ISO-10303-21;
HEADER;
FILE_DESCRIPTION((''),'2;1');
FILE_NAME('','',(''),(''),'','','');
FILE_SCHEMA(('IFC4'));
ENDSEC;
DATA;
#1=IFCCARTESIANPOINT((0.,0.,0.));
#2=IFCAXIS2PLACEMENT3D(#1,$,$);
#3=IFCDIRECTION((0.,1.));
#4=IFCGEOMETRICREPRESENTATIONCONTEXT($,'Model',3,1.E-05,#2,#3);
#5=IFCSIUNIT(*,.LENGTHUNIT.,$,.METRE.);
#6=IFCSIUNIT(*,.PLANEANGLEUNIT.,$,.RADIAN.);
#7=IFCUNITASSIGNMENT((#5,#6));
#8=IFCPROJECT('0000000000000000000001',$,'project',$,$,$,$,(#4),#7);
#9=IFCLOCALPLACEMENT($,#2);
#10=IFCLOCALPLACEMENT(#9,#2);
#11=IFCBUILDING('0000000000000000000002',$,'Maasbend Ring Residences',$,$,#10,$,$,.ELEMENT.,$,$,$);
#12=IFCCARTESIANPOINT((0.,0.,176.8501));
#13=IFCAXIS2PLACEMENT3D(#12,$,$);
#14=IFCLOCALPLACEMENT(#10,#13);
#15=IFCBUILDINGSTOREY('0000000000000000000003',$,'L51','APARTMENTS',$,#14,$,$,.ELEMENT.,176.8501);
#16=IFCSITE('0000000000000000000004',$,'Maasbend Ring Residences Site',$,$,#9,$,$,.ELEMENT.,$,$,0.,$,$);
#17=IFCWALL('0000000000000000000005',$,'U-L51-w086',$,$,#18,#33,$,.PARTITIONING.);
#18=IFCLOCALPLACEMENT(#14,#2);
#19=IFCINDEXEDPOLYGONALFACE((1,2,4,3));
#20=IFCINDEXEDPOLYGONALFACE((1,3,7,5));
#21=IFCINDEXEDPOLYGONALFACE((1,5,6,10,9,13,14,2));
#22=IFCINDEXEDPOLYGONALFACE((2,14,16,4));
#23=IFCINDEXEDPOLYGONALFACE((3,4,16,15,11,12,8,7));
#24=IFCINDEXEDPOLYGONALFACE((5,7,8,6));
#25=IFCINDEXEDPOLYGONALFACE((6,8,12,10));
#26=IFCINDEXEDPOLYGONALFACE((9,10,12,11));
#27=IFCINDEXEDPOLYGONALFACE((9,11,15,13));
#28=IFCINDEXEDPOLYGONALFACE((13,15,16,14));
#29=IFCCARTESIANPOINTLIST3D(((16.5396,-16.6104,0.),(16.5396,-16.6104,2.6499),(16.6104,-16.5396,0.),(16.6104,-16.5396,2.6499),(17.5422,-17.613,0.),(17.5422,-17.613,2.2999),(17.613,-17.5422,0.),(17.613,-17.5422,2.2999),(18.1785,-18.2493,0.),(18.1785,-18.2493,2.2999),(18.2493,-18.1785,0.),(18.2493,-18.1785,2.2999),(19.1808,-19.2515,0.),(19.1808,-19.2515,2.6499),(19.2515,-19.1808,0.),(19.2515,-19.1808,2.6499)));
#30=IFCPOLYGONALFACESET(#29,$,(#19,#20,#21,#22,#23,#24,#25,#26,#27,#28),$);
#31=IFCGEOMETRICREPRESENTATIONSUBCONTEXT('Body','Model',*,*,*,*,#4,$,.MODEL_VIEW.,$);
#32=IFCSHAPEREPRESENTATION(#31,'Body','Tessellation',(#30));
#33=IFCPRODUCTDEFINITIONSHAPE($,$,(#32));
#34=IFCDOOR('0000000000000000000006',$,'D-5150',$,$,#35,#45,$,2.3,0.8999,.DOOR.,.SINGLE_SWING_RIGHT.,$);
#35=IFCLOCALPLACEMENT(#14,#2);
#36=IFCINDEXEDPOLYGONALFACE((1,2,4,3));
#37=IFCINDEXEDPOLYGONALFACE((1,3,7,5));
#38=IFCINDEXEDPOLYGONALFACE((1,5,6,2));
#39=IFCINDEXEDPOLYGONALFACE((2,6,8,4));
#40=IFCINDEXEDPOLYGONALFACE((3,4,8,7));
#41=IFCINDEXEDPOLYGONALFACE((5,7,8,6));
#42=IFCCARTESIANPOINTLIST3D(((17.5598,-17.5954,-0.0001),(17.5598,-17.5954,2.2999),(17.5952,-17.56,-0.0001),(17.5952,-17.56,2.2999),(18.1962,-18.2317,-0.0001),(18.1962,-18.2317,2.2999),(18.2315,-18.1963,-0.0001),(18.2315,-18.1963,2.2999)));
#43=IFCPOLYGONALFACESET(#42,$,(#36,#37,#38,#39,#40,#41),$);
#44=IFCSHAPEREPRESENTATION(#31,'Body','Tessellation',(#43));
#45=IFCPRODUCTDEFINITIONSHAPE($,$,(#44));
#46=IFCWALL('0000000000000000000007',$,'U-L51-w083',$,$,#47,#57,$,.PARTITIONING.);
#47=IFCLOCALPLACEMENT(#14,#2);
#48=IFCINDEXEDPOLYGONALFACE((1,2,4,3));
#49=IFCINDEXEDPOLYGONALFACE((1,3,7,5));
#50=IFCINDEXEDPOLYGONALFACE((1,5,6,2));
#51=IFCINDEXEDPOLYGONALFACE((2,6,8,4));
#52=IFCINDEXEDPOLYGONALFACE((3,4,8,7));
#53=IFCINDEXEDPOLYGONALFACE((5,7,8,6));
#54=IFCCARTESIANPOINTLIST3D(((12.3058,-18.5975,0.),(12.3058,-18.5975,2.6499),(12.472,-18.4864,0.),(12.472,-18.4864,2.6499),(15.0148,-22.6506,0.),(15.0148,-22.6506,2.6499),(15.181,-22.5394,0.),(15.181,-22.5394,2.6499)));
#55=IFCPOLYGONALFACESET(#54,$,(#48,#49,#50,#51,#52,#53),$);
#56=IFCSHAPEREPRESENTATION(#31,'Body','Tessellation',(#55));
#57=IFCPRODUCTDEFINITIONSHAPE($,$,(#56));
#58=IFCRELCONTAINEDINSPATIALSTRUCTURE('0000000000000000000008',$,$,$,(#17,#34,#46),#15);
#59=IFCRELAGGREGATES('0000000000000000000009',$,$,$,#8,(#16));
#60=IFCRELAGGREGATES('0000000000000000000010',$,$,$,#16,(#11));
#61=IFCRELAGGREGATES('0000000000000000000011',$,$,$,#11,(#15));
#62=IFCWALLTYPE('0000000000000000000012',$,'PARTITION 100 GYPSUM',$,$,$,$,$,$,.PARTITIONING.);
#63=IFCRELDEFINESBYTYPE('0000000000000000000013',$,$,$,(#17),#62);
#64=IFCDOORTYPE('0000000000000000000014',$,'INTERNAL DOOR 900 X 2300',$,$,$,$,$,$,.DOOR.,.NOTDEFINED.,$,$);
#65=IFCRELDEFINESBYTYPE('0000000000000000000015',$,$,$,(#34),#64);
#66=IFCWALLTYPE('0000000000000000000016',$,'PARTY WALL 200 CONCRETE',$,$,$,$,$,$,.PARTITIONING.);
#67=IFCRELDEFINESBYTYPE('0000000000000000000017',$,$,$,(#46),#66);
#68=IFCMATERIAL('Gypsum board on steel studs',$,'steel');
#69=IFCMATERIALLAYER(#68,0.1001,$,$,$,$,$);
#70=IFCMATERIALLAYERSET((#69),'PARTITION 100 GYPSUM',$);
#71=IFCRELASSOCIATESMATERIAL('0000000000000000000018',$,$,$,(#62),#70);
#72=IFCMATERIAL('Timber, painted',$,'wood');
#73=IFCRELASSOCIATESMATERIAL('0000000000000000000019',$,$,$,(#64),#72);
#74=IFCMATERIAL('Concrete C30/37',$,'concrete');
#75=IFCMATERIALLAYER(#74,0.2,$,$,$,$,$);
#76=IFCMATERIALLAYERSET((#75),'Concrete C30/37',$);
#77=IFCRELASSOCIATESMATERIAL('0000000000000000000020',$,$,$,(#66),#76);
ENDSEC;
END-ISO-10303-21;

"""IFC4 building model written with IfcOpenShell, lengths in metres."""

from ifc_helpers import new_model, si_unit, direction, frame, frame_2d, origin, place, context, subcontext, project, spatial, rectangle, extrude, material, layer, layer_set, type_object, element, fill, save


model = new_model("IFC4")

# Units and contexts
model_context = context("Model", 3, precision=1e-05, world=origin(), true_north=direction((0.0, 1.0)))
body_context = subcontext(model_context, "Body", "Model", "MODEL_VIEW")
ifc_project = project(units=[si_unit("LENGTHUNIT", "METRE"), si_unit("PLANEANGLEUNIT", "RADIAN")], contexts=[model_context])

# Site, building, storey
site_placement = place(None, origin())
site = spatial("IfcSite", under=ifc_project, at=site_placement, Name="Maasbend Ring Residences Site", CompositionType="ELEMENT", RefElevation=0.0)
building_placement = place(site_placement, origin())
building = spatial("IfcBuilding", under=site, at=building_placement, Name="Maasbend Ring Residences", CompositionType="ELEMENT")
storey_placement = place(building_placement, frame((0.0, 0.0, 176.8501)))
storey = spatial("IfcBuildingStorey", under=building, at=storey_placement, Name="L51", Description="APARTMENTS", CompositionType="ELEMENT", Elevation=176.8501)

# Shared definitions
ifc_material_1 = material(Name="Gypsum board on steel studs", Category="steel")
ifc_layer_1 = layer(ifc_material_1, 0.1001)
ifc_layer_set_1 = layer_set([ifc_layer_1], Name="PARTITION 100 GYPSUM")
wall_type_1 = type_object("IfcWallType", Name="PARTITION 100 GYPSUM", PredefinedType="PARTITIONING", material=ifc_layer_set_1)
ifc_material_2 = material(Name="Timber, painted", Category="wood")
door_type_1 = type_object("IfcDoorType", Name="INTERNAL DOOR 900 X 2300", OperationType="NOTDEFINED", PredefinedType="DOOR", material=ifc_material_2)

# Wall, opening, door
wall_1_placement = place(storey_placement, frame((16.575, -16.575, 0.0), z_axis=(0.0, 0.0, 1.0), x_axis=(0.707107, -0.707107, 0.0)))
wall_1 = element("IfcWall", 1, at=wall_1_placement, inside=storey, type_object=wall_type_1, Name="U-L51-w086", PredefinedType="PARTITIONING", context=body_context, shape_type="SweptSolid", body=[
    extrude(rectangle(XDim=3.7351, YDim=0.1001, at=frame_2d((1.8677, 0.0))), origin(), (0.0, 0.0, 1.0), 2.6499),
])
opening_1_placement = place(wall_1_placement, frame((1.418, 0.0, 0.0)))
opening_1 = element("IfcOpeningElement", 2, at=opening_1_placement, cuts=wall_1, PredefinedType="OPENING", context=body_context, shape_type="SweptSolid", body=[
    extrude(rectangle(XDim=0.8999, YDim=2.3, at=frame_2d((0.45, 1.1499))), frame((0.0, 0.0601, 0.0), z_axis=(0.0, -1.0, 0.0), x_axis=(1.0, 0.0, 0.0)), (0.0, 0.0, 1.0), 0.1201),
])
door_1_placement = place(opening_1_placement, origin())
door_1 = element("IfcDoor", 3, at=door_1_placement, inside=storey, type_object=door_type_1, Name="D-5150", OperationType="SINGLE_SWING_RIGHT", OverallHeight=2.3, OverallWidth=0.8999, PredefinedType="DOOR", context=body_context, shape_type="SweptSolid", body=[
    extrude(rectangle(XDim=0.8999, YDim=2.3, at=frame_2d((0.45, 1.1499))), frame((0.0, 0.0249, 0.0), z_axis=(0.0, -1.0, 0.0), x_axis=(1.0, 0.0, 0.0)), (0.0, 0.0, 1.0), 0.05),
])
fill(opening_1, door_1)

# Wall
ifc_material_3 = material(Name="Concrete C30/37", Category="concrete")
ifc_layer_2 = layer(ifc_material_3, 0.2)
ifc_layer_set_2 = layer_set([ifc_layer_2], Name="Concrete C30/37")
wall_type_2 = type_object("IfcWallType", Name="PARTY WALL 200 CONCRETE", PredefinedType="PARTITIONING", material=ifc_layer_set_2)
wall_2_placement = place(storey_placement, frame((12.3889, -18.542, 0.0), z_axis=(0.0, 0.0, 1.0), x_axis=(0.555694, -0.831387, 0.0)))
element("IfcWall", 4, at=wall_2_placement, inside=storey, type_object=wall_type_2, Name="U-L51-w083", PredefinedType="PARTITIONING", context=body_context, shape_type="SweptSolid", body=[
    extrude(rectangle(XDim=4.875, YDim=0.2, at=frame_2d((2.4375, 0.0))), origin(), (0.0, 0.0, 1.0), 2.6499),
])

save(model, "model.ifc")
